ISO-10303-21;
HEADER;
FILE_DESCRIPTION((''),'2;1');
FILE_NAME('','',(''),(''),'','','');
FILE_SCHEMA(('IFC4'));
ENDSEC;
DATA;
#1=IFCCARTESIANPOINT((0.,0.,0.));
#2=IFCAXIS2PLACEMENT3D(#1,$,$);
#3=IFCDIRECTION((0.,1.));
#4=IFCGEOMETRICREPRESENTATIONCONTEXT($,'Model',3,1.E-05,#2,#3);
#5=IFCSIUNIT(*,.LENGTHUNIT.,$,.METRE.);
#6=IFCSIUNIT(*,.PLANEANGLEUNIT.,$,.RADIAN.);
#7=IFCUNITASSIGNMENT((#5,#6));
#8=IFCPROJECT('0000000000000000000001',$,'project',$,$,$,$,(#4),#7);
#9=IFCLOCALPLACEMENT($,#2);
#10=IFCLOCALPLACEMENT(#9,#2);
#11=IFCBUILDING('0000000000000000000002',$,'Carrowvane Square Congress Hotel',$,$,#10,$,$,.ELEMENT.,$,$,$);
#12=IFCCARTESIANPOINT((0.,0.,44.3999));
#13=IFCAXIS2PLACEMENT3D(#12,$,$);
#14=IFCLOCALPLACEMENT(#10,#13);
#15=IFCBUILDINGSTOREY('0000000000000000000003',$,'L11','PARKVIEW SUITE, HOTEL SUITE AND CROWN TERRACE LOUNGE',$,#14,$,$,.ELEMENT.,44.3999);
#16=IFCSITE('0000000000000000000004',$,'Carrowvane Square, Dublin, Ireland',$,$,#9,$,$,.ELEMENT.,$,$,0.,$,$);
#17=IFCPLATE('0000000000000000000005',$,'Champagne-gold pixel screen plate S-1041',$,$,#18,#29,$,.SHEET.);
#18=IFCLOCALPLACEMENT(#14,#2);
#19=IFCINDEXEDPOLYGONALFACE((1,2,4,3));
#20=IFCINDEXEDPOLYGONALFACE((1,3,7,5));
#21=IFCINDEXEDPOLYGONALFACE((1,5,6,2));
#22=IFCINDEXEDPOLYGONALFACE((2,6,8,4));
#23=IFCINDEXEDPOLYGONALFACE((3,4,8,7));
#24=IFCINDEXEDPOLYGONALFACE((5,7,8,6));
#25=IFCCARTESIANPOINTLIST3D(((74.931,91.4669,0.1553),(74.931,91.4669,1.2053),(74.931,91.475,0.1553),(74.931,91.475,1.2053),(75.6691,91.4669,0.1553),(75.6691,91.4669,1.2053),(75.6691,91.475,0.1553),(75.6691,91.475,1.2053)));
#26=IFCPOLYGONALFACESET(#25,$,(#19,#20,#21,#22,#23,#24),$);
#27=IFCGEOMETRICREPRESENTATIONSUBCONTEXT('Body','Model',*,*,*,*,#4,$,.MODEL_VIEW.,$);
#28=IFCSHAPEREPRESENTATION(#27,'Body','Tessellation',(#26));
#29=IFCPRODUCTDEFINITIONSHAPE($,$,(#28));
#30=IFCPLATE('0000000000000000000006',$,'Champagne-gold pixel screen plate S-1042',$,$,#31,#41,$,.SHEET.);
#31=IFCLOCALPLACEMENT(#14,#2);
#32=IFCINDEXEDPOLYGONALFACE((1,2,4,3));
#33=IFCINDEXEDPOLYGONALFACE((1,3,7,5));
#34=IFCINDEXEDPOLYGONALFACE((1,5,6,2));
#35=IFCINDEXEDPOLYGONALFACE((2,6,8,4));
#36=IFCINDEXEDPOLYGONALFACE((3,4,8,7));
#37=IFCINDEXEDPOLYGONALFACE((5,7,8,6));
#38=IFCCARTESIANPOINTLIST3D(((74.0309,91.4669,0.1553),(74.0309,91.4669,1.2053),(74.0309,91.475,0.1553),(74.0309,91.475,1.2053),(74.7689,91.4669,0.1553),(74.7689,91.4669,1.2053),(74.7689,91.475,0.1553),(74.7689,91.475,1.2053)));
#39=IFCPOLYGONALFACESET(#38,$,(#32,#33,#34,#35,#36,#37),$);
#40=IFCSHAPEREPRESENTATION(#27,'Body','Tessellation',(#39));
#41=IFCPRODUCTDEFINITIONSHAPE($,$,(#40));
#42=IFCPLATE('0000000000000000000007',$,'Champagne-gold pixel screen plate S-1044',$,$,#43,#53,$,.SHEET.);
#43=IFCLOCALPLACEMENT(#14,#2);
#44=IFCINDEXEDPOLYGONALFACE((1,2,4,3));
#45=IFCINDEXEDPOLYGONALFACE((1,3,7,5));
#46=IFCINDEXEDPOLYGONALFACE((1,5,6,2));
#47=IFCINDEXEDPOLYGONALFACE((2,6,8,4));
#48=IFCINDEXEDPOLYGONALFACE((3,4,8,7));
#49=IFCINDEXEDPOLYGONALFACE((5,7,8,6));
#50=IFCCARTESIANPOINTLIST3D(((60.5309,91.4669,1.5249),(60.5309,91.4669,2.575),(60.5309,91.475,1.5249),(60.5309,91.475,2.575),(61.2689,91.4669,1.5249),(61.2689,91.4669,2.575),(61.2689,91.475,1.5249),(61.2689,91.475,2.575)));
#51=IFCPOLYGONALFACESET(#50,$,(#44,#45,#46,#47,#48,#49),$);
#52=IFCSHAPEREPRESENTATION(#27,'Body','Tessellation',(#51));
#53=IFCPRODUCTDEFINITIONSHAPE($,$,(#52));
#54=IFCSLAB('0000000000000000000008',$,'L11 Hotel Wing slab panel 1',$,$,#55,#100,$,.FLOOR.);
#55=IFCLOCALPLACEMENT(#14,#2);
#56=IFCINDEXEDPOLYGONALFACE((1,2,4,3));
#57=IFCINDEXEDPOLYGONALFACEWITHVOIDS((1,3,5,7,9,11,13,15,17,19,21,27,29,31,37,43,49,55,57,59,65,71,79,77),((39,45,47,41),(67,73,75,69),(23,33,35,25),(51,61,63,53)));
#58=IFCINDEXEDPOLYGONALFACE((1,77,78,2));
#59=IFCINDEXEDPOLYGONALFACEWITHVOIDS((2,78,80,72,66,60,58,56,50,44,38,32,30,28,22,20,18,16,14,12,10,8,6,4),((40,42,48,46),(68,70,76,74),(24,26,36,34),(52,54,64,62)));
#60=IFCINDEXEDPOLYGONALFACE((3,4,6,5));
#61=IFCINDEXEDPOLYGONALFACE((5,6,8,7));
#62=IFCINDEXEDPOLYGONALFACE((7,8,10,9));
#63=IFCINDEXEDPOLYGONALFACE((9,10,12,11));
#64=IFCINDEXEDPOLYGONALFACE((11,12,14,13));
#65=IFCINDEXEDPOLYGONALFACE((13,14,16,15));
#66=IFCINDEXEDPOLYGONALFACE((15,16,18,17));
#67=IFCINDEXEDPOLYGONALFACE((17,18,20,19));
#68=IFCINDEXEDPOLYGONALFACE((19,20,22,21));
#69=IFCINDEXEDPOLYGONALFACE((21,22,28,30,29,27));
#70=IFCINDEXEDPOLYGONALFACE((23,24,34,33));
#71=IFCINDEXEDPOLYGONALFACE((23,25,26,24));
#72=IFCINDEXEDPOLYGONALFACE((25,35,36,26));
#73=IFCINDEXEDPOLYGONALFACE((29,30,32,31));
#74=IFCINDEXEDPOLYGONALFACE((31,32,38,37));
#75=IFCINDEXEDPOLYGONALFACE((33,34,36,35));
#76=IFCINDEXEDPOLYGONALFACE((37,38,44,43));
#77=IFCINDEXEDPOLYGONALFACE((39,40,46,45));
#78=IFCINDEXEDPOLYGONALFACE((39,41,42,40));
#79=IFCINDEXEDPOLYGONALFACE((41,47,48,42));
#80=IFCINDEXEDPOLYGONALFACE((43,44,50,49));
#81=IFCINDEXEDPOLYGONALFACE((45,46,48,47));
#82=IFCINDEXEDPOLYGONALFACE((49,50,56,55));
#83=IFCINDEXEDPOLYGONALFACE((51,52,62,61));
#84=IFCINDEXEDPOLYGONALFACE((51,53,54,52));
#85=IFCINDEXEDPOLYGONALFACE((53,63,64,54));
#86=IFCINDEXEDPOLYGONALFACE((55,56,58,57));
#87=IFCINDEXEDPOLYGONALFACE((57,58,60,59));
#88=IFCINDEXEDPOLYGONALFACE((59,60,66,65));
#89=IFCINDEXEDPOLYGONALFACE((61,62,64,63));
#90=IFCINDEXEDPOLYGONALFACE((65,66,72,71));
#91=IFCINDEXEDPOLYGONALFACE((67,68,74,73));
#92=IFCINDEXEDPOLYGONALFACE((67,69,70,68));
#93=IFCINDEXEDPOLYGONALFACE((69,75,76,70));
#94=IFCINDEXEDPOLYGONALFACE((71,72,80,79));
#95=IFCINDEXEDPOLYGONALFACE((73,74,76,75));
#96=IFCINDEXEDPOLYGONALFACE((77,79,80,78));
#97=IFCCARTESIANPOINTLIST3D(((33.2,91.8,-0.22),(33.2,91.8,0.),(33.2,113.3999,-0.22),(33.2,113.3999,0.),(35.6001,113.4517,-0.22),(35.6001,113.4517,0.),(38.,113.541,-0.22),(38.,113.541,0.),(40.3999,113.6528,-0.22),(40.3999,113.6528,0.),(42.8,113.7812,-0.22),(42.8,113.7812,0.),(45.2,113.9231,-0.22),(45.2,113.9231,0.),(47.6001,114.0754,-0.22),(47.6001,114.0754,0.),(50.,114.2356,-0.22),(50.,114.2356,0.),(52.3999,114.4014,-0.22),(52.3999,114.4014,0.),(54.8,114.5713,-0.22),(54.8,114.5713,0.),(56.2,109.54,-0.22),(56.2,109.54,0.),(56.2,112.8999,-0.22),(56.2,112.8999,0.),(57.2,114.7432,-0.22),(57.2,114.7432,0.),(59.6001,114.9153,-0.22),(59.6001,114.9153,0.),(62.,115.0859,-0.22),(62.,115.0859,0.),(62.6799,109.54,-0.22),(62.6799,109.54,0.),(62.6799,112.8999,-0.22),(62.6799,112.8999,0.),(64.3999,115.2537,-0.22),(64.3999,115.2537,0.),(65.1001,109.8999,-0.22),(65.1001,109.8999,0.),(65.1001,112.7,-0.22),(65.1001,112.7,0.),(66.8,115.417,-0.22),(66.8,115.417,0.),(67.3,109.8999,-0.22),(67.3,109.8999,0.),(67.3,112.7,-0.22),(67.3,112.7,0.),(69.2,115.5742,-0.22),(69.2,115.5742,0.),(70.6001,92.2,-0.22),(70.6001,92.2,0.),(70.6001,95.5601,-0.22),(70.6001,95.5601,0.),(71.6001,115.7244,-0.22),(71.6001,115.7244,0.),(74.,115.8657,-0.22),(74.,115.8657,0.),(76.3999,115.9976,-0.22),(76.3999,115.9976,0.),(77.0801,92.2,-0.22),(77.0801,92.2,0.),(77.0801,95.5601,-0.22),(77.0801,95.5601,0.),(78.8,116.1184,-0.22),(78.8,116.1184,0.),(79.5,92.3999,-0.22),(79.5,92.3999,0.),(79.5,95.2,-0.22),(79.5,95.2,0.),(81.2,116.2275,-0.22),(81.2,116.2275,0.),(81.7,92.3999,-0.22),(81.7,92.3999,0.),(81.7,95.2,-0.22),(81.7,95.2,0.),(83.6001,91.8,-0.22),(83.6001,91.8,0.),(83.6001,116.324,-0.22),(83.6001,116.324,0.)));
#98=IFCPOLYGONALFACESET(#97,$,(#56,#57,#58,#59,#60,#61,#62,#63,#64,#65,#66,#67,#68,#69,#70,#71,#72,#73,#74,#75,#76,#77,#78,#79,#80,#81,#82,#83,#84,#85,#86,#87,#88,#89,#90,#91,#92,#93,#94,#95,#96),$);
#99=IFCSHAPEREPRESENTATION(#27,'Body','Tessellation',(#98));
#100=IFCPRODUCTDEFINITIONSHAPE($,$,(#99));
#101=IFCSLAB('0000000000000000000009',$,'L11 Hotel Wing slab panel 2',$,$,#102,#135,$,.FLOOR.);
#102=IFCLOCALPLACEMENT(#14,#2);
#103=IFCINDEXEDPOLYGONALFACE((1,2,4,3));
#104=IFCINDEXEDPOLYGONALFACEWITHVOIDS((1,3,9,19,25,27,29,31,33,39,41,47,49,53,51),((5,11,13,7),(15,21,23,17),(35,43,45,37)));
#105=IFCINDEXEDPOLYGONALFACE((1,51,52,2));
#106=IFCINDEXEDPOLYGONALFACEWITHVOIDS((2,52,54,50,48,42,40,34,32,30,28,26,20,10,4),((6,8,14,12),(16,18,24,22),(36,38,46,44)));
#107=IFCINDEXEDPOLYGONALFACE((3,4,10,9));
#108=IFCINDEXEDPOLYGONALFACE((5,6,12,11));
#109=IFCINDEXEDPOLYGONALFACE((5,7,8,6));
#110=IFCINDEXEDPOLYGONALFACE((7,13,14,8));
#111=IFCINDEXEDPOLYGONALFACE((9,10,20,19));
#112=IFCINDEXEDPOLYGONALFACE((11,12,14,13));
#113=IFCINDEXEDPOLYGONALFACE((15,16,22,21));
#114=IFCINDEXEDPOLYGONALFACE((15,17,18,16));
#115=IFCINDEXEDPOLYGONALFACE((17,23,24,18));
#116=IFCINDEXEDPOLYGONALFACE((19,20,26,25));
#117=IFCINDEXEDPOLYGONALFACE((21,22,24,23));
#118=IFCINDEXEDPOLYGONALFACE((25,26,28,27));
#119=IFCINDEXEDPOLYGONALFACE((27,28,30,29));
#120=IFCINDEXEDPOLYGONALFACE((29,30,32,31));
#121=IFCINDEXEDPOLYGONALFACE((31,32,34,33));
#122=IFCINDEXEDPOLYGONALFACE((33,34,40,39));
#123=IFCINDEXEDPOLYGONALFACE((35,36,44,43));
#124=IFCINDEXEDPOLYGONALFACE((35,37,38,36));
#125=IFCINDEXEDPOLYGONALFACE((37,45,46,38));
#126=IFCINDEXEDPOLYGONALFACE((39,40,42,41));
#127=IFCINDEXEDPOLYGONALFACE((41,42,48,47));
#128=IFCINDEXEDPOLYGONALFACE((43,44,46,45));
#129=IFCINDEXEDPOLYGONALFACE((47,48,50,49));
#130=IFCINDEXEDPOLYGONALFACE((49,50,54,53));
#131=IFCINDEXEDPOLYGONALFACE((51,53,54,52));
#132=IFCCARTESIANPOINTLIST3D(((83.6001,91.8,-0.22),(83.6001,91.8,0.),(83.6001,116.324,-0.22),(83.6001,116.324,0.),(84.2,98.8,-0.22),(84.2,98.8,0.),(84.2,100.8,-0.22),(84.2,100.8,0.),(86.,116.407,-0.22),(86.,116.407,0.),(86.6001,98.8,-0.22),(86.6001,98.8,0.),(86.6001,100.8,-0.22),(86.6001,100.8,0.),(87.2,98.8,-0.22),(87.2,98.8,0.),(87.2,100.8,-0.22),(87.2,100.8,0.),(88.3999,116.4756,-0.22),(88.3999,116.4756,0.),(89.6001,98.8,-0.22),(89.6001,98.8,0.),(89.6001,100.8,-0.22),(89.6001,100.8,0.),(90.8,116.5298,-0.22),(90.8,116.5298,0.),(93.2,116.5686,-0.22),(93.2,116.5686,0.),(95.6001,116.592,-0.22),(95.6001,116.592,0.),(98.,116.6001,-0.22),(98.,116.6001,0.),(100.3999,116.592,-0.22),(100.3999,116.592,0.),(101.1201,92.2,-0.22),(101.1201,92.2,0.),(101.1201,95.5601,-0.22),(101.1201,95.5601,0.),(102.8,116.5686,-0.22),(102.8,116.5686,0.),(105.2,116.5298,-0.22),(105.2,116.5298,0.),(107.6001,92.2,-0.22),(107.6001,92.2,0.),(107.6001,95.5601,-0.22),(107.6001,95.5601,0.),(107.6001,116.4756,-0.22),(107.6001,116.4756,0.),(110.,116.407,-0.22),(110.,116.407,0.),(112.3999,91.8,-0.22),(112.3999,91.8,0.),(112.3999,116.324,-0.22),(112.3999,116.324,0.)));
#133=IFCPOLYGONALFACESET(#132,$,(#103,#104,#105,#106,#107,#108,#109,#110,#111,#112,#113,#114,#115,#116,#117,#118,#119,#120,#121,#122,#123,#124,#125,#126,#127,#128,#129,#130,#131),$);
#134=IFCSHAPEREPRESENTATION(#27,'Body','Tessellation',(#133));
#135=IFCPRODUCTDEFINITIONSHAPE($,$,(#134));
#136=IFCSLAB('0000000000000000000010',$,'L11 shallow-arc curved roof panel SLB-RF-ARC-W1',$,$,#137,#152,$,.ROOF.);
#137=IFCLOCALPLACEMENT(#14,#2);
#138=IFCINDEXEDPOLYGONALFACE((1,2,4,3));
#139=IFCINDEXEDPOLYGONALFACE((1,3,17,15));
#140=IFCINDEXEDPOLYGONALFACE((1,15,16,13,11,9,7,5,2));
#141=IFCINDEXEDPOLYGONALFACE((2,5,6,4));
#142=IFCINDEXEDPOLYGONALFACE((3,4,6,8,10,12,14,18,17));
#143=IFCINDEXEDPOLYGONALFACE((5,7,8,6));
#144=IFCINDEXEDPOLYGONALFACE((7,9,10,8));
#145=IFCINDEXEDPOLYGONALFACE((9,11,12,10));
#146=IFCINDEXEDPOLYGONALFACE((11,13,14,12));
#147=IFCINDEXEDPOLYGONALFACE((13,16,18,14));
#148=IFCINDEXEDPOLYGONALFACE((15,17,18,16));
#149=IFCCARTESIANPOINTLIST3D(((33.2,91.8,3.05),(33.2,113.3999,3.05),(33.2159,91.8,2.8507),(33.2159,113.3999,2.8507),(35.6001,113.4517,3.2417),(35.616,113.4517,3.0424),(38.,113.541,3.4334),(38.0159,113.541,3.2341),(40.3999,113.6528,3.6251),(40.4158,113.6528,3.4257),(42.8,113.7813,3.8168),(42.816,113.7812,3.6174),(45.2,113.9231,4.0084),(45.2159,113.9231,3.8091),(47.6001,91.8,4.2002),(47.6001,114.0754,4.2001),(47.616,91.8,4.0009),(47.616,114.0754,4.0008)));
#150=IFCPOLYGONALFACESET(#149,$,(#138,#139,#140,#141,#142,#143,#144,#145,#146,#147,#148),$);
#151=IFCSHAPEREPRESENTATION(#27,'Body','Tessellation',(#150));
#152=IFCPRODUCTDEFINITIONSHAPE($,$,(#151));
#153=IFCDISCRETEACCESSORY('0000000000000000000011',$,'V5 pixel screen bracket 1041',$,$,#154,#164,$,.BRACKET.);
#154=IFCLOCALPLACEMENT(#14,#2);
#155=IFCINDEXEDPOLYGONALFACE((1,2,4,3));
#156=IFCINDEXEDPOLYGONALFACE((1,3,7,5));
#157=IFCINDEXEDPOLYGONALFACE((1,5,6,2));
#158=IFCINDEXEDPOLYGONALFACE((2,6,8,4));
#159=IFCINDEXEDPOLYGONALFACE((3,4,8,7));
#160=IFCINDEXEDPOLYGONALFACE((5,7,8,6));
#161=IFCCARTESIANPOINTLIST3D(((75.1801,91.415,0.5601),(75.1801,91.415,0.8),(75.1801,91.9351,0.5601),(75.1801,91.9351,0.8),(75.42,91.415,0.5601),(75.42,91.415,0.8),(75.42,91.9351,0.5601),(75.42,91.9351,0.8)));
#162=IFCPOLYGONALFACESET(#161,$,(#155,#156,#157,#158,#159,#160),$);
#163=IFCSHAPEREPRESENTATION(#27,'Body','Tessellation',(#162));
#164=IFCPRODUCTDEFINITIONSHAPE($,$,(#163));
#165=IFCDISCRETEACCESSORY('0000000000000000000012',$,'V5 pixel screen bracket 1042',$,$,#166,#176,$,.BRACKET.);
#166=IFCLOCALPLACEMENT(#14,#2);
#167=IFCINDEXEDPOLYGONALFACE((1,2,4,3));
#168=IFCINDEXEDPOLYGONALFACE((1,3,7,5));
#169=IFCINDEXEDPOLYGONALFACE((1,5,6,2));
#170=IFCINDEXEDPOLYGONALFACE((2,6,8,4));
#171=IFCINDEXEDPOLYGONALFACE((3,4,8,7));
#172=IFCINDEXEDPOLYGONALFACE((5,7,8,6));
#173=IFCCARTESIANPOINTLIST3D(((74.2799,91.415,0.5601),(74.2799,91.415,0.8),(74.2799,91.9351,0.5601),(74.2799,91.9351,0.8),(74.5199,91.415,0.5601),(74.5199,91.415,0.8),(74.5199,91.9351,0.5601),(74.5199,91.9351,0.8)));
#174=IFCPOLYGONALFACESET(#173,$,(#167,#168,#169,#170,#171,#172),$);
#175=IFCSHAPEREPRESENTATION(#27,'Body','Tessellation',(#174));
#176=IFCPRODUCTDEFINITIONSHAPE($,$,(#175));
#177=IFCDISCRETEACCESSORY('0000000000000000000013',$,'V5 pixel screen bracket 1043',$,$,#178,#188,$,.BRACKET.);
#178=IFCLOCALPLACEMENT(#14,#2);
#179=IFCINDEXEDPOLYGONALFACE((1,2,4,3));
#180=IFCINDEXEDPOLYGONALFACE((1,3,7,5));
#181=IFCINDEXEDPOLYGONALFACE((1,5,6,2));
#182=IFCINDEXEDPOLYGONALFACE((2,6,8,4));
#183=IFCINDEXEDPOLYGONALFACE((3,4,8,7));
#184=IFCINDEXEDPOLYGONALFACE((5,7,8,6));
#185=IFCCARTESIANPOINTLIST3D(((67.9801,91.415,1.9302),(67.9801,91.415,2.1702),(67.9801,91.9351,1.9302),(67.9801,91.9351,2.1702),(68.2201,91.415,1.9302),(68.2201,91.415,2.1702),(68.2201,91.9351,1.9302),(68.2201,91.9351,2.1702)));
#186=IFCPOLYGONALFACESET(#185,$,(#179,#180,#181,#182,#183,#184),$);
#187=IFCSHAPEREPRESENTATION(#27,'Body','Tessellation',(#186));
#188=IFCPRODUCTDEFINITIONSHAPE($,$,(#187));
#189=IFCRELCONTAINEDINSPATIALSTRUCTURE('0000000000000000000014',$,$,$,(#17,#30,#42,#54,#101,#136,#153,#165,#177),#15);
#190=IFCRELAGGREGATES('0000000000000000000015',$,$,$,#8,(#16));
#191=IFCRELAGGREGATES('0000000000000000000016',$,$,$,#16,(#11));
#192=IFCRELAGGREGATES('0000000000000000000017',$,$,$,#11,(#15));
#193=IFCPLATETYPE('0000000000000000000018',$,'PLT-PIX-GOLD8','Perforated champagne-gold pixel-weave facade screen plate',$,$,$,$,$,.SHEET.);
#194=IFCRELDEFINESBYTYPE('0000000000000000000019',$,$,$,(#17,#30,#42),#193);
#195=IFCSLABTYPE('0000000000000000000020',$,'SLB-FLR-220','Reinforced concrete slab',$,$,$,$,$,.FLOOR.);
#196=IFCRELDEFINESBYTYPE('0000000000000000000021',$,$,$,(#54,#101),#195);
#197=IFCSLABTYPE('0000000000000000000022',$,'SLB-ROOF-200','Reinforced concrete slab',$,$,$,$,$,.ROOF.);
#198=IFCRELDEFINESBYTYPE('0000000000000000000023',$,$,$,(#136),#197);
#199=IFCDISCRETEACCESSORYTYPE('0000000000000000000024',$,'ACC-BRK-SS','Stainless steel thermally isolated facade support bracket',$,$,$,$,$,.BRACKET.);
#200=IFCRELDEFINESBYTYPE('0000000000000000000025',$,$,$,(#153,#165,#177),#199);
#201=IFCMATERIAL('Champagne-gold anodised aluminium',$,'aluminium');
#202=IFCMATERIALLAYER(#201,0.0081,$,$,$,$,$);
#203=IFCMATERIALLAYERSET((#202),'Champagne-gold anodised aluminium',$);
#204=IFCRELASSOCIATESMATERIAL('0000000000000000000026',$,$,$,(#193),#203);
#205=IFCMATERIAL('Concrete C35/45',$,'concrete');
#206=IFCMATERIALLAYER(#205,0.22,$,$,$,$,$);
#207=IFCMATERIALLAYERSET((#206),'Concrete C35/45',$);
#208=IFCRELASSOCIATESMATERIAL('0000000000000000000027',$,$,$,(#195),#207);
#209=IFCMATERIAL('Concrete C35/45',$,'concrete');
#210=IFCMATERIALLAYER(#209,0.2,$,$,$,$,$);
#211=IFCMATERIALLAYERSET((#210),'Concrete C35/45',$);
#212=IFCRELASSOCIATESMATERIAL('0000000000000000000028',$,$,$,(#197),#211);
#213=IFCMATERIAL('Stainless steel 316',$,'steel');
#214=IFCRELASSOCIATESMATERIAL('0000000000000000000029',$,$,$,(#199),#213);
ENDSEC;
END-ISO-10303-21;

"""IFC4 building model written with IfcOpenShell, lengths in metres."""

from ifc_helpers import new_model, si_unit, direction, frame, origin, origin_2d, place, context, subcontext, project, spatial, polyline, rectangle, outline, extrude, material, layer, layer_set, type_object, element, save


model = new_model("IFC4")

# Units and contexts
model_context = context("Model", 3, precision=1e-05, world=origin(), true_north=direction((0.0, 1.0)))
body_context = subcontext(model_context, "Body", "Model", "MODEL_VIEW")
ifc_project = project(units=[si_unit("LENGTHUNIT", "METRE"), si_unit("PLANEANGLEUNIT", "RADIAN")], contexts=[model_context])

# Site, building, storey
site_placement = place(None, origin())
site = spatial("IfcSite", under=ifc_project, at=site_placement, Name="Carrowvane Square, Dublin, Ireland", CompositionType="ELEMENT", RefElevation=0.0)
building_placement = place(site_placement, origin())
building = spatial("IfcBuilding", under=site, at=building_placement, Name="Carrowvane Square Congress Hotel", CompositionType="ELEMENT")
storey_placement = place(building_placement, frame((0.0, 0.0, 44.3999)))
storey = spatial("IfcBuildingStorey", under=building, at=storey_placement, Name="L11", Description="PARKVIEW SUITE, HOTEL SUITE AND CROWN TERRACE LOUNGE", CompositionType="ELEMENT", Elevation=44.3999)

# Plates
ifc_material_1 = material(Name="Champagne-gold anodised aluminium", Category="aluminium")
ifc_layer_1 = layer(ifc_material_1, 0.0081)
ifc_layer_set_1 = layer_set([ifc_layer_1], Name="Champagne-gold anodised aluminium")
plate_type_1 = type_object("IfcPlateType", Name="PLT-PIX-GOLD8", Description="Perforated champagne-gold pixel-weave facade screen plate", PredefinedType="SHEET", material=ifc_layer_set_1)
for number, where, z_axis, x_axis, name in (
    (1, (75.3, 91.4709, 0.1553), (0.0, 0.0, 1.0), (-1.0, 0.0, 0.0), "Champagne-gold pixel screen plate S-1041"),
    (2, (74.3999, 91.4709, 0.1553), (0.0, 0.0, 1.0), (-1.0, 0.0, 0.0), "Champagne-gold pixel screen plate S-1042"),
    (3, (60.8999, 91.4709, 1.5249), (0.0, 0.0, 1.0), (-1.0, 0.0, 0.0), "Champagne-gold pixel screen plate S-1044"),
):
    element("IfcPlate", number, at=place(storey_placement, frame(where, z_axis=z_axis, x_axis=x_axis)), inside=storey, type_object=plate_type_1, Name=name, PredefinedType="SHEET", context=body_context, shape_type="SweptSolid", body=[
        extrude(rectangle(XDim=0.738, YDim=0.0081, at=origin_2d()), origin(), (0.0, 0.0, 1.0), 1.05),
    ])

# Slabs
ifc_material_2 = material(Name="Concrete C35/45", Category="concrete")
ifc_layer_2 = layer(ifc_material_2, 0.22)
ifc_layer_set_2 = layer_set([ifc_layer_2], Name="Concrete C35/45")
slab_type_1 = type_object("IfcSlabType", Name="SLB-FLR-220", Description="Reinforced concrete slab", PredefinedType="FLOOR", material=ifc_layer_set_2)
slab_1_placement = place(storey_placement, frame((0.0, 0.0, -0.22)))
element("IfcSlab", 4, at=slab_1_placement, inside=storey, type_object=slab_type_1, Name="L11 Hotel Wing slab panel 1", PredefinedType="FLOOR", context=body_context, shape_type="SweptSolid", body=[
    extrude(outline(polyline([(33.2, 91.8), (83.6001, 91.8), (83.6001, 116.324), (81.2, 116.2275), (78.8, 116.1184), (76.3999, 115.9976), (74.0, 115.8657), (71.6001, 115.7244), (69.2, 115.5742), (66.8, 115.417), (64.3999, 115.2537), (62.0, 115.0859), (59.6001, 114.9153), (57.2, 114.7432), (54.8, 114.5713), (52.3999, 114.4014), (50.0, 114.2356), (47.6001, 114.0754), (45.2, 113.9231), (42.8, 113.7812), (40.3999, 113.6528), (38.0, 113.541), (35.6001, 113.4517), (33.2, 113.3999), (33.2, 91.8)]), holes=[polyline([(62.6799, 112.8999), (56.2, 112.8999), (56.2, 109.54), (62.6799, 109.54), (62.6799, 112.8999)]), polyline([(77.0801, 95.5601), (70.6001, 95.5601), (70.6001, 92.2), (77.0801, 92.2), (77.0801, 95.5601)]), polyline([(65.1001, 109.8999), (67.3, 109.8999), (67.3, 112.7), (65.1001, 112.7), (65.1001, 109.8999)]), polyline([(79.5, 92.3999), (81.7, 92.3999), (81.7, 95.2), (79.5, 95.2), (79.5, 92.3999)])]), origin(), (0.0, 0.0, 1.0), 0.22),
])
slab_2_placement = place(storey_placement, frame((0.0, 0.0, -0.22)))
element("IfcSlab", 5, at=slab_2_placement, inside=storey, type_object=slab_type_1, Name="L11 Hotel Wing slab panel 2", PredefinedType="FLOOR", context=body_context, shape_type="SweptSolid", body=[
    extrude(outline(polyline([(83.6001, 91.8), (112.3999, 91.8), (112.3999, 116.324), (110.0, 116.407), (107.6001, 116.4756), (105.2, 116.5298), (102.8, 116.5686), (100.3999, 116.592), (98.0, 116.6001), (95.6001, 116.592), (93.2, 116.5686), (90.8, 116.5298), (88.3999, 116.4756), (86.0, 116.407), (83.6001, 116.324), (83.6001, 91.8)]), holes=[polyline([(101.1201, 92.2), (107.6001, 92.2), (107.6001, 95.5601), (101.1201, 95.5601), (101.1201, 92.2)]), polyline([(84.2, 98.8), (86.6001, 98.8), (86.6001, 100.8), (84.2, 100.8), (84.2, 98.8)]), polyline([(87.2, 98.8), (89.6001, 98.8), (89.6001, 100.8), (87.2, 100.8), (87.2, 98.8)])]), origin(), (0.0, 0.0, 1.0), 0.22),
])
ifc_material_3 = material(Name="Concrete C35/45", Category="concrete")
ifc_layer_3 = layer(ifc_material_3, 0.2)
ifc_layer_set_3 = layer_set([ifc_layer_3], Name="Concrete C35/45")
slab_type_2 = type_object("IfcSlabType", Name="SLB-ROOF-200", Description="Reinforced concrete slab", PredefinedType="ROOF", material=ifc_layer_set_3)
slab_3_placement = place(storey_placement, frame((33.2, 91.8, 3.05), z_axis=(-0.079617, 0.000003, 0.996826), x_axis=(0.996826, 0.0, 0.079617)))
element("IfcSlab", 6, at=slab_3_placement, inside=storey, type_object=slab_type_2, Name="L11 shallow-arc curved roof panel SLB-RF-ARC-W1", PredefinedType="ROOF", context=body_context, shape_type="SweptSolid", body=[
    extrude(outline(polyline([(0.0, 0.0), (14.446, 0.0), (14.446, 22.2754), (12.0382, 22.123), (9.6307, 21.9812), (7.2229, 21.8528), (4.8153, 21.741), (2.4078, 21.6516), (0.0, 21.5999), (0.0, 0.0)])), origin(), (0.0, 0.0, -1.0), 0.2),
])

# Discrete accessories
ifc_material_4 = material(Name="Stainless steel 316", Category="steel")
discrete_accessory_type = type_object("IfcDiscreteAccessoryType", Name="ACC-BRK-SS", Description="Stainless steel thermally isolated facade support bracket", PredefinedType="BRACKET", material=ifc_material_4)
for number, where, z_axis, x_axis, name in (
    (7, (75.3, 91.675, 0.5601), (0.0, 0.0, 1.0), (-1.0, 0.0, 0.0), "V5 pixel screen bracket 1041"),
    (8, (74.3999, 91.675, 0.5601), (0.0, 0.0, 1.0), (-1.0, 0.0, 0.0), "V5 pixel screen bracket 1042"),
    (9, (68.1001, 91.675, 1.9302), (0.0, 0.0, 1.0), (-1.0, 0.0, 0.0), "V5 pixel screen bracket 1043"),
):
    element("IfcDiscreteAccessory", number, at=place(storey_placement, frame(where, z_axis=z_axis, x_axis=x_axis)), inside=storey, type_object=discrete_accessory_type, Name=name, PredefinedType="BRACKET", context=body_context, shape_type="SweptSolid", body=[
        extrude(rectangle(XDim=0.24, YDim=0.52, at=origin_2d()), origin(), (0.0, 0.0, 1.0), 0.24),
    ])

save(model, "model.ifc")
